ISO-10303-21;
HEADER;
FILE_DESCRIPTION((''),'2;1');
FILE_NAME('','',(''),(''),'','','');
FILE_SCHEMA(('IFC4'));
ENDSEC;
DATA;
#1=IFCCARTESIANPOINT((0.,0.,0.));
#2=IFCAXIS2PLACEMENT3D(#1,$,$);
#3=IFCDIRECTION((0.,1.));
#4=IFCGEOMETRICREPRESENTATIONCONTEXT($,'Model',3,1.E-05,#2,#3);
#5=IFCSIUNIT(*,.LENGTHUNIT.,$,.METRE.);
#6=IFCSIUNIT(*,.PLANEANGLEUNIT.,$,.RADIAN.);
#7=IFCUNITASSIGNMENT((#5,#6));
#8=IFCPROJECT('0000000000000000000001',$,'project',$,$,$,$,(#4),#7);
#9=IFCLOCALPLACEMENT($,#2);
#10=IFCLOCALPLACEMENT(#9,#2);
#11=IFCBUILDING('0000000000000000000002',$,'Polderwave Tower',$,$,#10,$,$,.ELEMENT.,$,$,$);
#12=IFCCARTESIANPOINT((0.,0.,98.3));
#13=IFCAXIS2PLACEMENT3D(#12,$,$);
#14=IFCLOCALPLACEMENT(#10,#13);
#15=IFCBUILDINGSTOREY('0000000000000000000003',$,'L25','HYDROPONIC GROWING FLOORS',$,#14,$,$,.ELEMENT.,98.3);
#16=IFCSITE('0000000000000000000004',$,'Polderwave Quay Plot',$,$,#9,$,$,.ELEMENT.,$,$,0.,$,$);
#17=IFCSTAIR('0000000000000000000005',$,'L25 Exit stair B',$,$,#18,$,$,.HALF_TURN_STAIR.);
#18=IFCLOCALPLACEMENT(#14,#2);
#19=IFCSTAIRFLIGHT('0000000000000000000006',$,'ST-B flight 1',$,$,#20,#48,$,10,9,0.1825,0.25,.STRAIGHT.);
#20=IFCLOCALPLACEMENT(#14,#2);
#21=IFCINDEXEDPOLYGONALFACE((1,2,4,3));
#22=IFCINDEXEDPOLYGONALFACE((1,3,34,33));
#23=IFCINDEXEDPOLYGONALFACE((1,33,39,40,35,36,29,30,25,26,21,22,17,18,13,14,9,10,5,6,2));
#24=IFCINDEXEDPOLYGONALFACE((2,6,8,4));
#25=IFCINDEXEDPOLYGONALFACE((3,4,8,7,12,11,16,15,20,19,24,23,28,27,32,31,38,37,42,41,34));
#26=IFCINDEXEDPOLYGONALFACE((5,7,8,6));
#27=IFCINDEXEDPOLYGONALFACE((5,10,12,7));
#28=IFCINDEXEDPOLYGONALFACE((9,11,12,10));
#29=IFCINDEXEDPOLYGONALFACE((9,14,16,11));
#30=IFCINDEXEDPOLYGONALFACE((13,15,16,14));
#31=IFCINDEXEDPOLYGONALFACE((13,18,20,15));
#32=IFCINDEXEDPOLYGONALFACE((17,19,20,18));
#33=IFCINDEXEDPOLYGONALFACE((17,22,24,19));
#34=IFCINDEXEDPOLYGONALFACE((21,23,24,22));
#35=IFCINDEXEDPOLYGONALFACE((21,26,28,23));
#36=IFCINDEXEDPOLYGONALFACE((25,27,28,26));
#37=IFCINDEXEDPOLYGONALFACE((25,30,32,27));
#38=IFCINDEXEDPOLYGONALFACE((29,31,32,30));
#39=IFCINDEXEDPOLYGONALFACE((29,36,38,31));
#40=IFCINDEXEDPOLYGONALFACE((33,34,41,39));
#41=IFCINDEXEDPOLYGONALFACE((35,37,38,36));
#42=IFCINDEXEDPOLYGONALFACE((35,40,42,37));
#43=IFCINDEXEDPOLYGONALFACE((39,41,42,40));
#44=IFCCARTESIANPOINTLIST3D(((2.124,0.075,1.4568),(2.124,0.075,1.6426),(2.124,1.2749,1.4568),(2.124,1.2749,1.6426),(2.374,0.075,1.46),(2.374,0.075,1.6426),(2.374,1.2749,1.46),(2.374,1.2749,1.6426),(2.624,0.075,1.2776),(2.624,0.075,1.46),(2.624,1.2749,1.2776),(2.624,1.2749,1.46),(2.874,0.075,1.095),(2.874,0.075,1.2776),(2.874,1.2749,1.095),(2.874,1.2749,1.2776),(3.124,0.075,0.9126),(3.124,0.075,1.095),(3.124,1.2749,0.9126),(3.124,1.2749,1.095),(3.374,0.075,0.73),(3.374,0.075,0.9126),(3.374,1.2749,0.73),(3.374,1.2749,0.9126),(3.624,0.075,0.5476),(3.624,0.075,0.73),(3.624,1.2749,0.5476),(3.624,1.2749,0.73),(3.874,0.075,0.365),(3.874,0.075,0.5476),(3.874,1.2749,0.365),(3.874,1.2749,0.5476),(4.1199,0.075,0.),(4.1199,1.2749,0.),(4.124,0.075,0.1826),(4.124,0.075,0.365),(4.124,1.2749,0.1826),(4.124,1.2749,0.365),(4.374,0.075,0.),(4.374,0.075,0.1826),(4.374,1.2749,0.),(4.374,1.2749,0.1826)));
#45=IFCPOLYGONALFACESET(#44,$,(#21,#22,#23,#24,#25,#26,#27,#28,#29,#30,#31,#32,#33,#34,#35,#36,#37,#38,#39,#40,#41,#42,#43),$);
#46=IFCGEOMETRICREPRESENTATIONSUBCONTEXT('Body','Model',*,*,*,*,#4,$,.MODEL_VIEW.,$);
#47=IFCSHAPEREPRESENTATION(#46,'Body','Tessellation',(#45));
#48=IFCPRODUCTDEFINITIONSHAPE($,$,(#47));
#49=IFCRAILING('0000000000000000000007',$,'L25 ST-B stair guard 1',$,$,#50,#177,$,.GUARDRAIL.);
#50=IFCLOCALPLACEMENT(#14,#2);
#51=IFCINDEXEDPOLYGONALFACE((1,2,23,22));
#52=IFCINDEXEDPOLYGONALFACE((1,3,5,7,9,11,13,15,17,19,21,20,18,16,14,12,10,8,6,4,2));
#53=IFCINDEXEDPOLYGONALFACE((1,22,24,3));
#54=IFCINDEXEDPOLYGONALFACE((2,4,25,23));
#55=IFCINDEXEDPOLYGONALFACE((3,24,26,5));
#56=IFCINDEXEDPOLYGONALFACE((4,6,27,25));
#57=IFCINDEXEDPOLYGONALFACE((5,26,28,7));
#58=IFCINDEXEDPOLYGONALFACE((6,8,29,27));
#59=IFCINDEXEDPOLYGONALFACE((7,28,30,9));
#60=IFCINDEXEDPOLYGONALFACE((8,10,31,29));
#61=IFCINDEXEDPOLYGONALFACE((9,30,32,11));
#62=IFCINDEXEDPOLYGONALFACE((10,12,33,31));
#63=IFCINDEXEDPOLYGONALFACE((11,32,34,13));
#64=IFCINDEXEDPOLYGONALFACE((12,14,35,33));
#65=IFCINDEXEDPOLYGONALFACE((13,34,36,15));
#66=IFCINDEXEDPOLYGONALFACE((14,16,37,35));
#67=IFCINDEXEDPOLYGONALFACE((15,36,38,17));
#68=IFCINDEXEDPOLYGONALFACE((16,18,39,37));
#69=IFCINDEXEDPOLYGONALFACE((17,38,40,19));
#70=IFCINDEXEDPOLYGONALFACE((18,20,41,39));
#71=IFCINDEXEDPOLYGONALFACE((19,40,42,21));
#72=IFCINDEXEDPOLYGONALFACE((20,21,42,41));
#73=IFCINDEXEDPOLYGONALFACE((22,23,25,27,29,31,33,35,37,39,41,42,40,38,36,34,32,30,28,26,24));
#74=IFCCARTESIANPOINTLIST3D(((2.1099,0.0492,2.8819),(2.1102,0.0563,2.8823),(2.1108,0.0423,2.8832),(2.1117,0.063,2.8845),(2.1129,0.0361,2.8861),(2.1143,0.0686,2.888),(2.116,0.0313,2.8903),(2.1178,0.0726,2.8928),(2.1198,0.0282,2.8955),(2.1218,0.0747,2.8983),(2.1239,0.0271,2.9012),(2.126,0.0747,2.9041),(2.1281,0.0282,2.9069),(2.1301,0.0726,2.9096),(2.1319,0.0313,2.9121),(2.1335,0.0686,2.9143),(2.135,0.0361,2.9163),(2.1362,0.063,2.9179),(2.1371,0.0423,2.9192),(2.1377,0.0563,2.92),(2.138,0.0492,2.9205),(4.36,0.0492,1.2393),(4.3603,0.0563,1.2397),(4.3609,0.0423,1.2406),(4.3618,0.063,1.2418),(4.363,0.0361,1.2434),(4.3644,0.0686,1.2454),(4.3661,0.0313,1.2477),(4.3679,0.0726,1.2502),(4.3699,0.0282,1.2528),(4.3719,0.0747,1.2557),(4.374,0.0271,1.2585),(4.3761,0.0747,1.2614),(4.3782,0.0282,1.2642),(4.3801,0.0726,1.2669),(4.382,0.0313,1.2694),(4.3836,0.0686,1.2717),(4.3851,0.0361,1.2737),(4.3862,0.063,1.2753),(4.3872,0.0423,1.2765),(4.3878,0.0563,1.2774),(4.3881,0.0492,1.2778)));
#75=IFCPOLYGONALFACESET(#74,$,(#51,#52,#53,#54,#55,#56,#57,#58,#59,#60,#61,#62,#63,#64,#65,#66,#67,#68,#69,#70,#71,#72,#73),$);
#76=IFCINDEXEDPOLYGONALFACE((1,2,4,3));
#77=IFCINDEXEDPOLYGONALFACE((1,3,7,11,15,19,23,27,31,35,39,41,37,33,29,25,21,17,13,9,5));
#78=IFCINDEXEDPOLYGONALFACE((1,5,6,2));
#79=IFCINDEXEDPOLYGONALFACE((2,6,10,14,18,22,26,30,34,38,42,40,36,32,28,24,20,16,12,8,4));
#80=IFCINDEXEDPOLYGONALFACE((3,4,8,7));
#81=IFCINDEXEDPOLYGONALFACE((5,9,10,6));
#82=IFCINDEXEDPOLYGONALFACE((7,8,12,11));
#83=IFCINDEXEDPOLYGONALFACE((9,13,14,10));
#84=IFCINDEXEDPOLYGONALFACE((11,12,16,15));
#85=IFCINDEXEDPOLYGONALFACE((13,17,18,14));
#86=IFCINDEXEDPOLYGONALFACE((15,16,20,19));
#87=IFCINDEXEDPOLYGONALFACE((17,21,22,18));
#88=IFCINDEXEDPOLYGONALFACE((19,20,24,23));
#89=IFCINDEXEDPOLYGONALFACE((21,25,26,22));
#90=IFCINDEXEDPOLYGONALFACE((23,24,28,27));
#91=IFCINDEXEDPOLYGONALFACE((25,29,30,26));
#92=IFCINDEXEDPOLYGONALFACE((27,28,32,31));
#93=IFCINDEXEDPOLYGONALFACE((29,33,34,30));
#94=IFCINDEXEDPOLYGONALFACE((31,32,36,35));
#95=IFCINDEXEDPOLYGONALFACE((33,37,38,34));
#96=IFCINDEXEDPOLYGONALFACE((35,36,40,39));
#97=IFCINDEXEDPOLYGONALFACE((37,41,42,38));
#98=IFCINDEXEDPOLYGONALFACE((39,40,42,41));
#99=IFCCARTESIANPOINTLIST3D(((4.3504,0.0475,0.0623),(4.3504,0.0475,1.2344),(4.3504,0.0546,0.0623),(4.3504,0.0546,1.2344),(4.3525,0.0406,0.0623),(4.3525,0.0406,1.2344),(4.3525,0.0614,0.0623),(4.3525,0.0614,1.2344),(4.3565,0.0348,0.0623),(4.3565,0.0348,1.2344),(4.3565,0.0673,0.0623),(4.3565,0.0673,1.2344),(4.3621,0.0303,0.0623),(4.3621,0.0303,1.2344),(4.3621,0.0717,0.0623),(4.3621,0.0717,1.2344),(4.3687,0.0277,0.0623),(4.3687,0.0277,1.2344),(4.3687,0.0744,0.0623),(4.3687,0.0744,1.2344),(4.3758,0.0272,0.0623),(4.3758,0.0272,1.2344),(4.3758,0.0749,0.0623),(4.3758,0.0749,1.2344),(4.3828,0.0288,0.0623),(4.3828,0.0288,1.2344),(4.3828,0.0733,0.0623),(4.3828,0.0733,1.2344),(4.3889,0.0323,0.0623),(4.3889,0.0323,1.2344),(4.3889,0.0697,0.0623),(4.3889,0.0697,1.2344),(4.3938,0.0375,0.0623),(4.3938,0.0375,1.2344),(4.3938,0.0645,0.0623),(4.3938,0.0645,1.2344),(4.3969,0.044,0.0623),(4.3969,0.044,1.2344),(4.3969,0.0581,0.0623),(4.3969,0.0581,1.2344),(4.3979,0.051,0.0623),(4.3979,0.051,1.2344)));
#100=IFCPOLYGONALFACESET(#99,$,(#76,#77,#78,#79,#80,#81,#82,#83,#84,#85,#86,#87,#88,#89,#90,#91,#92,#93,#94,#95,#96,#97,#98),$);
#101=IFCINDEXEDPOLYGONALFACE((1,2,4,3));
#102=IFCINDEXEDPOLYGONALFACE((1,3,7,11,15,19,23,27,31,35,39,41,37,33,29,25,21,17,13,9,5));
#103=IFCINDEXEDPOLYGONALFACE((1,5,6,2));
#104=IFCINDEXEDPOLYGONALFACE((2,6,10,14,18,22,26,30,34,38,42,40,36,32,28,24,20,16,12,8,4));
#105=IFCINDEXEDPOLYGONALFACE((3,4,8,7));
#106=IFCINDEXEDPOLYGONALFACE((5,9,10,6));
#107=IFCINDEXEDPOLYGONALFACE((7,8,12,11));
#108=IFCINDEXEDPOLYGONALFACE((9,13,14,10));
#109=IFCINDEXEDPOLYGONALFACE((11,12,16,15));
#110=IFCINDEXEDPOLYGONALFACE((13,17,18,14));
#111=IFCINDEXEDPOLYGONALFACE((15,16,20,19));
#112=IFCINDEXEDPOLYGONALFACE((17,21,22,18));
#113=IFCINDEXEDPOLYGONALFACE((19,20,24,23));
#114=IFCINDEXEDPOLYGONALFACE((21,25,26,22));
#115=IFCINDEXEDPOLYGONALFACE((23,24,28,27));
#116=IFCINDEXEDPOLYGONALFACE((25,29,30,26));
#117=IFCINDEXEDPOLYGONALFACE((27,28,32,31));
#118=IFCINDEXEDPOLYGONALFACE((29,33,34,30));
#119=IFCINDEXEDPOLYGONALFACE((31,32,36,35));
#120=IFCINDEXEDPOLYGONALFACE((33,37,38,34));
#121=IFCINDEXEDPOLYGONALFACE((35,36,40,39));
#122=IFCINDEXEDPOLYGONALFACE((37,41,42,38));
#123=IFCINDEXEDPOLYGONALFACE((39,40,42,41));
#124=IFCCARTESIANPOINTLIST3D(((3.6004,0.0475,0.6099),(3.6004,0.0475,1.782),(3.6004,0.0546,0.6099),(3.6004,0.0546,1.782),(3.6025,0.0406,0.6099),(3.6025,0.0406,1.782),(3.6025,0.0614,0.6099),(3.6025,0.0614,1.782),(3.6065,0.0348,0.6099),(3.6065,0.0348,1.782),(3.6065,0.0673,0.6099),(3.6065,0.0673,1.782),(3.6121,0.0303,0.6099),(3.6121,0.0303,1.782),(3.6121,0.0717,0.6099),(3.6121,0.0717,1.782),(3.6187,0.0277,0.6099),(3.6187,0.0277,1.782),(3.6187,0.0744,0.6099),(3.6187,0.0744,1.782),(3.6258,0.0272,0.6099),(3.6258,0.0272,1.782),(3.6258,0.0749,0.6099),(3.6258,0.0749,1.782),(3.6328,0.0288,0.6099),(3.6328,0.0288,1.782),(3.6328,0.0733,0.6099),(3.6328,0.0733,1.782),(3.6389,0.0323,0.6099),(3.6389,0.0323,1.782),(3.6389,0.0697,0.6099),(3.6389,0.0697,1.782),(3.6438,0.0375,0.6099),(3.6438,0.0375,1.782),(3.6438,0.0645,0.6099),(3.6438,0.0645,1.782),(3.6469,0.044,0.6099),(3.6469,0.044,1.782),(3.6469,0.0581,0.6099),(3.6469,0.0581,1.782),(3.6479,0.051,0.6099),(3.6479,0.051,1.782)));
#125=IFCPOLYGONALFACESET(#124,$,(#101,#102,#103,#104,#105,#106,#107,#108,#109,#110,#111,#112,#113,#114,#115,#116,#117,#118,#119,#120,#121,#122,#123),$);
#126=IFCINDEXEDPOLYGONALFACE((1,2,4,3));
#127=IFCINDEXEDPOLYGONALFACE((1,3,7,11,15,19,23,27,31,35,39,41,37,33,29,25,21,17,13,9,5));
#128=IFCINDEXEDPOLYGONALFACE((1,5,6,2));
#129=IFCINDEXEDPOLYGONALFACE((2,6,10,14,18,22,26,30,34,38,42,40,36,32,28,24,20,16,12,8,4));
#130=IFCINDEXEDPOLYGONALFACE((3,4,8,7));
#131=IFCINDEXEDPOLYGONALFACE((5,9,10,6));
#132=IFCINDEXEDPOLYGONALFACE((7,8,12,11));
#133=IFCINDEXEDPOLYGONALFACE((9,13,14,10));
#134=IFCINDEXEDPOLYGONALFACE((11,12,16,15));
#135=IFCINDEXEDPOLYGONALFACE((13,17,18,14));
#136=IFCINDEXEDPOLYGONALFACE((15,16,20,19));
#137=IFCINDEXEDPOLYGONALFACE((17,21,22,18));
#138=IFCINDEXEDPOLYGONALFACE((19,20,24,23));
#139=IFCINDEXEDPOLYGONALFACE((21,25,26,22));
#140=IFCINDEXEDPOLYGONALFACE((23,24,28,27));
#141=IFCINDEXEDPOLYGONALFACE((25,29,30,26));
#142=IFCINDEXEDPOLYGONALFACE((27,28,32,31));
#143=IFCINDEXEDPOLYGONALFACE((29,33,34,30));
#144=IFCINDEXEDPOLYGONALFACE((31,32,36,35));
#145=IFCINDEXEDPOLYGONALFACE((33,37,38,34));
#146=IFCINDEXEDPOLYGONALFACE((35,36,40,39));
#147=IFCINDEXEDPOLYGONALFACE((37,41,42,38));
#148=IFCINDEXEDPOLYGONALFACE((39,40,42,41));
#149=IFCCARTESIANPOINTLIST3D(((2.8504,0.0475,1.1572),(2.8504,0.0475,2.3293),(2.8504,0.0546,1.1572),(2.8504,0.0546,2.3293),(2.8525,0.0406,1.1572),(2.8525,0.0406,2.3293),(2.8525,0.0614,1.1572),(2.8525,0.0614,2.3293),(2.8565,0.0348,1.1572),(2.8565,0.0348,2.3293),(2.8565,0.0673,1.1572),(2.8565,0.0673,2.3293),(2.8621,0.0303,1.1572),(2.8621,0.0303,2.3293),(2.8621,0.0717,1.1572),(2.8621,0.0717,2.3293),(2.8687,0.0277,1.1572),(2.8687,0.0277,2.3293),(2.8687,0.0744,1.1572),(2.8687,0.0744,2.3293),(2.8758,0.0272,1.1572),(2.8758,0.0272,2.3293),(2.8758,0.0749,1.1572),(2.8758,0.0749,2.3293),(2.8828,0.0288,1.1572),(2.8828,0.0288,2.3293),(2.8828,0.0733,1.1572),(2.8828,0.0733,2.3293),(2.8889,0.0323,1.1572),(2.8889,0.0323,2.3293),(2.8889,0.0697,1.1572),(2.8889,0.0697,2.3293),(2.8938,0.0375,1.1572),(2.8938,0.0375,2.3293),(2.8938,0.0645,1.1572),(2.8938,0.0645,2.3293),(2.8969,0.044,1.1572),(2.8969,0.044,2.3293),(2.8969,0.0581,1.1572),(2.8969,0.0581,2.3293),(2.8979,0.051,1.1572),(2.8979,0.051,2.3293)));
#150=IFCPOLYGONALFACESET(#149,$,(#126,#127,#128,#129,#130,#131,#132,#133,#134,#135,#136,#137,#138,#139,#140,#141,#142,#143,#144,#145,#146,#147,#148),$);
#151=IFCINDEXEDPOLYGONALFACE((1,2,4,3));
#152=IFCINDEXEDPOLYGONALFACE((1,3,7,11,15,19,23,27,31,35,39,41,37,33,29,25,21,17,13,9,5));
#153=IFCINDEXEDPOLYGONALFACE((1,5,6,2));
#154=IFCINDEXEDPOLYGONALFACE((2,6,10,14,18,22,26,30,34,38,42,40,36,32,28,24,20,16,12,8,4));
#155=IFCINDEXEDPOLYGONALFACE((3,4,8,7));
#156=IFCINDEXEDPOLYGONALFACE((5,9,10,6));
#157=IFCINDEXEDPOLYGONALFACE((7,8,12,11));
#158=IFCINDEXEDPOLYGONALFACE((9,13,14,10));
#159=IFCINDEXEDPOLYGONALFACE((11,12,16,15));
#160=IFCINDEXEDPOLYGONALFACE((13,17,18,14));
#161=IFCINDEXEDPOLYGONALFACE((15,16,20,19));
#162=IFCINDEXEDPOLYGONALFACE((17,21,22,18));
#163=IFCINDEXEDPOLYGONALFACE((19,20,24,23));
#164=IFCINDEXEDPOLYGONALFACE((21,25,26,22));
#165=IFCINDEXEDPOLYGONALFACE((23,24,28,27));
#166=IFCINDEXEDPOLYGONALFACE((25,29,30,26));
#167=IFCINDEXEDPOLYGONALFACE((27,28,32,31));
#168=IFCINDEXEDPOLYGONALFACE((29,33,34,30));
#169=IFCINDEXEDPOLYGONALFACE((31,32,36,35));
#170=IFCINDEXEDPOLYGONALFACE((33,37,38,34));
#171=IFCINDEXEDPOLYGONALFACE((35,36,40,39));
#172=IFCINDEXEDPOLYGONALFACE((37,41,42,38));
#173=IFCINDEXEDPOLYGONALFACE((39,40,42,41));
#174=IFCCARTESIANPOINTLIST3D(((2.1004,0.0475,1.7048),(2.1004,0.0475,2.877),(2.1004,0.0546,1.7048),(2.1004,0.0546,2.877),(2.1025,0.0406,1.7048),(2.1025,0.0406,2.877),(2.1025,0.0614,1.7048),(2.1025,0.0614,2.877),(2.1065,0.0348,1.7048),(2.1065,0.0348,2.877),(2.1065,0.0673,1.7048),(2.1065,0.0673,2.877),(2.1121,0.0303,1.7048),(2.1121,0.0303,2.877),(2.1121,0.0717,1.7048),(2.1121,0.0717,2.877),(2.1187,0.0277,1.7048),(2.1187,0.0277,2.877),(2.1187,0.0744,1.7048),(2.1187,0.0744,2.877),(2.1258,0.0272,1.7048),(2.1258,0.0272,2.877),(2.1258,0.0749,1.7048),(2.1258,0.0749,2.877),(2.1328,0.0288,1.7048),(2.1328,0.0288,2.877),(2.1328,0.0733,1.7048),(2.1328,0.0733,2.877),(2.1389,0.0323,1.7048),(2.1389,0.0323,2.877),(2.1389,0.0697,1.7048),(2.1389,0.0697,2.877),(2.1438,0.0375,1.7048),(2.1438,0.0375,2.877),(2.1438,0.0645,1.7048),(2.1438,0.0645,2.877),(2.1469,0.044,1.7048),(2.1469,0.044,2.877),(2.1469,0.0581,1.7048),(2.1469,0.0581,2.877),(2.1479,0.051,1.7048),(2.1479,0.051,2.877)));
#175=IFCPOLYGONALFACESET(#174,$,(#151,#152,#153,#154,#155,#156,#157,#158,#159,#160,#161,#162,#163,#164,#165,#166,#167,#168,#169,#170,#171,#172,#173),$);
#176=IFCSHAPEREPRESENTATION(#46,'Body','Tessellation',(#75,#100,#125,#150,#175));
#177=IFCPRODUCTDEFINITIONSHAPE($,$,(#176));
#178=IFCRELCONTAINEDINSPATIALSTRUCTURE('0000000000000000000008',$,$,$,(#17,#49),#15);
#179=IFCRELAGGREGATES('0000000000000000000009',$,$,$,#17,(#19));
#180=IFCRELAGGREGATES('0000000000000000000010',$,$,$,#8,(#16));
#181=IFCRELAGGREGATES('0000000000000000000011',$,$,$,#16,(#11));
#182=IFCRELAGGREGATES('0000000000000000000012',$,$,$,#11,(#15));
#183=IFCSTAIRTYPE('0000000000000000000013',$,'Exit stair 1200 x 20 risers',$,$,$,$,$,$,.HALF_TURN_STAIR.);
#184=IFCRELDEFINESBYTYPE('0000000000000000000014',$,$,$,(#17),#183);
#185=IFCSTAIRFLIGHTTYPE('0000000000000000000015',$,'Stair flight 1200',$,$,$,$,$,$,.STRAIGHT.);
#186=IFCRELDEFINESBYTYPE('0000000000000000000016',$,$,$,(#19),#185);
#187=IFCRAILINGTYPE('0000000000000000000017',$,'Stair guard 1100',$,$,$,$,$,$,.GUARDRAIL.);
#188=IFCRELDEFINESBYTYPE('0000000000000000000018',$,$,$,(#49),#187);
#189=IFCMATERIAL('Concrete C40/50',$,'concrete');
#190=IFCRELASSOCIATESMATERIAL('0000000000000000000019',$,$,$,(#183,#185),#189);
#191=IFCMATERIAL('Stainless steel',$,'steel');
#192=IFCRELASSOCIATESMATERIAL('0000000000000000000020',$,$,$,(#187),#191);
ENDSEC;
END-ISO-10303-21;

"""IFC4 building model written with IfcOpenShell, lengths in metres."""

from ifc_helpers import new_model, si_unit, direction, frame, origin, origin_2d, place, context, subcontext, project, spatial, polyline, circle, outline, extrude, material, type_object, element, aggregate, save


model = new_model("IFC4")

# Units and contexts
model_context = context("Model", 3, precision=1e-05, world=origin(), true_north=direction((0.0, 1.0)))
body_context = subcontext(model_context, "Body", "Model", "MODEL_VIEW")
ifc_project = project(units=[si_unit("LENGTHUNIT", "METRE"), si_unit("PLANEANGLEUNIT", "RADIAN")], contexts=[model_context])

# Site, building, storey
site_placement = place(None, origin())
site = spatial("IfcSite", under=ifc_project, at=site_placement, Name="Polderwave Quay Plot", CompositionType="ELEMENT", RefElevation=0.0)
building_placement = place(site_placement, origin())
building = spatial("IfcBuilding", under=site, at=building_placement, Name="Polderwave Tower", CompositionType="ELEMENT")
storey_placement = place(building_placement, frame((0.0, 0.0, 98.3)))
storey = spatial("IfcBuildingStorey", under=building, at=storey_placement, Name="L25", Description="HYDROPONIC GROWING FLOORS", CompositionType="ELEMENT", Elevation=98.3)

# Stair, stair flight
ifc_material_1 = material(Name="Concrete C40/50", Category="concrete")
stair_type = type_object("IfcStairType", Name="Exit stair 1200 x 20 risers", PredefinedType="HALF_TURN_STAIR", material=ifc_material_1)
stair_placement = place(storey_placement, origin())
stair = element("IfcStair", 1, at=stair_placement, inside=storey, type_object=stair_type, Name="L25 Exit stair B", PredefinedType="HALF_TURN_STAIR")
stair_flight_type = type_object("IfcStairFlightType", Name="Stair flight 1200", PredefinedType="STRAIGHT", material=ifc_material_1)
stair_flight_placement = place(storey_placement, frame((4.374, 0.675, 0.0), z_axis=(0.0, 0.0, 1.0), x_axis=(-1.0, 0.0, 0.0)))
stair_flight = element("IfcStairFlight", 2, at=stair_flight_placement, type_object=stair_flight_type, Name="ST-B flight 1", NumberOfRisers=10, NumberOfTreads=9, PredefinedType="STRAIGHT", RiserHeight=0.1825, TreadLength=0.25, context=body_context, shape_type="SweptSolid", body=[
    extrude(outline(polyline([(0.0, 0.0), (0.0, 0.1826), (0.25, 0.1826), (0.25, 0.365), (0.5, 0.365), (0.5, 0.5476), (0.75, 0.5476), (0.75, 0.73), (1.0, 0.73), (1.0, 0.9126), (1.25, 0.9126), (1.25, 1.095), (1.5, 1.095), (1.5, 1.2776), (1.75, 1.2776), (1.75, 1.46), (2.0, 1.46), (2.0, 1.6426), (2.25, 1.6426), (2.25, 1.825), (2.25, 1.4568), (0.2542, 0.0), (0.0, 0.0)])), frame((0.0, 0.6001, 0.0), z_axis=(0.0, -1.0, 0.0), x_axis=(1.0, 0.0, 0.0)), (0.0, 0.0, 1.0), 1.2),
])
aggregate(stair, [stair_flight])

# Railing
ifc_material_2 = material(Name="Stainless steel", Category="steel")
railing_type_1 = type_object("IfcRailingType", Name="Stair guard 1100", PredefinedType="GUARDRAIL", material=ifc_material_2)
railing_1_placement = place(storey_placement, frame((4.374, 0.051, 0.0623)))
element("IfcRailing", 3, at=railing_1_placement, inside=storey, type_object=railing_type_1, Name="L25 ST-B stair guard 1", PredefinedType="GUARDRAIL", context=body_context, shape_type="SweptSolid", body=[
    extrude(circle(Radius=0.0239, at=origin_2d()), frame((0.0, 0.0, 1.1963), z_axis=(-0.807674, 0.0, 0.58963), x_axis=(0.0, -1.0, 0.0)), (0.0, 0.0, 1.0), 2.7859),
    extrude(circle(Radius=0.0239, at=origin_2d()), origin(), (0.0, 0.0, 1.0), 1.1721),
    extrude(circle(Radius=0.0239, at=origin_2d()), frame((-0.75, 0.0, 0.5476)), (0.0, 0.0, 1.0), 1.1721),
    extrude(circle(Radius=0.0239, at=origin_2d()), frame((-1.5, 0.0, 1.095)), (0.0, 0.0, 1.0), 1.1721),
    extrude(circle(Radius=0.0239, at=origin_2d()), frame((-2.25, 0.0, 1.6426)), (0.0, 0.0, 1.0), 1.1721),
])

save(model, "model.ifc")
